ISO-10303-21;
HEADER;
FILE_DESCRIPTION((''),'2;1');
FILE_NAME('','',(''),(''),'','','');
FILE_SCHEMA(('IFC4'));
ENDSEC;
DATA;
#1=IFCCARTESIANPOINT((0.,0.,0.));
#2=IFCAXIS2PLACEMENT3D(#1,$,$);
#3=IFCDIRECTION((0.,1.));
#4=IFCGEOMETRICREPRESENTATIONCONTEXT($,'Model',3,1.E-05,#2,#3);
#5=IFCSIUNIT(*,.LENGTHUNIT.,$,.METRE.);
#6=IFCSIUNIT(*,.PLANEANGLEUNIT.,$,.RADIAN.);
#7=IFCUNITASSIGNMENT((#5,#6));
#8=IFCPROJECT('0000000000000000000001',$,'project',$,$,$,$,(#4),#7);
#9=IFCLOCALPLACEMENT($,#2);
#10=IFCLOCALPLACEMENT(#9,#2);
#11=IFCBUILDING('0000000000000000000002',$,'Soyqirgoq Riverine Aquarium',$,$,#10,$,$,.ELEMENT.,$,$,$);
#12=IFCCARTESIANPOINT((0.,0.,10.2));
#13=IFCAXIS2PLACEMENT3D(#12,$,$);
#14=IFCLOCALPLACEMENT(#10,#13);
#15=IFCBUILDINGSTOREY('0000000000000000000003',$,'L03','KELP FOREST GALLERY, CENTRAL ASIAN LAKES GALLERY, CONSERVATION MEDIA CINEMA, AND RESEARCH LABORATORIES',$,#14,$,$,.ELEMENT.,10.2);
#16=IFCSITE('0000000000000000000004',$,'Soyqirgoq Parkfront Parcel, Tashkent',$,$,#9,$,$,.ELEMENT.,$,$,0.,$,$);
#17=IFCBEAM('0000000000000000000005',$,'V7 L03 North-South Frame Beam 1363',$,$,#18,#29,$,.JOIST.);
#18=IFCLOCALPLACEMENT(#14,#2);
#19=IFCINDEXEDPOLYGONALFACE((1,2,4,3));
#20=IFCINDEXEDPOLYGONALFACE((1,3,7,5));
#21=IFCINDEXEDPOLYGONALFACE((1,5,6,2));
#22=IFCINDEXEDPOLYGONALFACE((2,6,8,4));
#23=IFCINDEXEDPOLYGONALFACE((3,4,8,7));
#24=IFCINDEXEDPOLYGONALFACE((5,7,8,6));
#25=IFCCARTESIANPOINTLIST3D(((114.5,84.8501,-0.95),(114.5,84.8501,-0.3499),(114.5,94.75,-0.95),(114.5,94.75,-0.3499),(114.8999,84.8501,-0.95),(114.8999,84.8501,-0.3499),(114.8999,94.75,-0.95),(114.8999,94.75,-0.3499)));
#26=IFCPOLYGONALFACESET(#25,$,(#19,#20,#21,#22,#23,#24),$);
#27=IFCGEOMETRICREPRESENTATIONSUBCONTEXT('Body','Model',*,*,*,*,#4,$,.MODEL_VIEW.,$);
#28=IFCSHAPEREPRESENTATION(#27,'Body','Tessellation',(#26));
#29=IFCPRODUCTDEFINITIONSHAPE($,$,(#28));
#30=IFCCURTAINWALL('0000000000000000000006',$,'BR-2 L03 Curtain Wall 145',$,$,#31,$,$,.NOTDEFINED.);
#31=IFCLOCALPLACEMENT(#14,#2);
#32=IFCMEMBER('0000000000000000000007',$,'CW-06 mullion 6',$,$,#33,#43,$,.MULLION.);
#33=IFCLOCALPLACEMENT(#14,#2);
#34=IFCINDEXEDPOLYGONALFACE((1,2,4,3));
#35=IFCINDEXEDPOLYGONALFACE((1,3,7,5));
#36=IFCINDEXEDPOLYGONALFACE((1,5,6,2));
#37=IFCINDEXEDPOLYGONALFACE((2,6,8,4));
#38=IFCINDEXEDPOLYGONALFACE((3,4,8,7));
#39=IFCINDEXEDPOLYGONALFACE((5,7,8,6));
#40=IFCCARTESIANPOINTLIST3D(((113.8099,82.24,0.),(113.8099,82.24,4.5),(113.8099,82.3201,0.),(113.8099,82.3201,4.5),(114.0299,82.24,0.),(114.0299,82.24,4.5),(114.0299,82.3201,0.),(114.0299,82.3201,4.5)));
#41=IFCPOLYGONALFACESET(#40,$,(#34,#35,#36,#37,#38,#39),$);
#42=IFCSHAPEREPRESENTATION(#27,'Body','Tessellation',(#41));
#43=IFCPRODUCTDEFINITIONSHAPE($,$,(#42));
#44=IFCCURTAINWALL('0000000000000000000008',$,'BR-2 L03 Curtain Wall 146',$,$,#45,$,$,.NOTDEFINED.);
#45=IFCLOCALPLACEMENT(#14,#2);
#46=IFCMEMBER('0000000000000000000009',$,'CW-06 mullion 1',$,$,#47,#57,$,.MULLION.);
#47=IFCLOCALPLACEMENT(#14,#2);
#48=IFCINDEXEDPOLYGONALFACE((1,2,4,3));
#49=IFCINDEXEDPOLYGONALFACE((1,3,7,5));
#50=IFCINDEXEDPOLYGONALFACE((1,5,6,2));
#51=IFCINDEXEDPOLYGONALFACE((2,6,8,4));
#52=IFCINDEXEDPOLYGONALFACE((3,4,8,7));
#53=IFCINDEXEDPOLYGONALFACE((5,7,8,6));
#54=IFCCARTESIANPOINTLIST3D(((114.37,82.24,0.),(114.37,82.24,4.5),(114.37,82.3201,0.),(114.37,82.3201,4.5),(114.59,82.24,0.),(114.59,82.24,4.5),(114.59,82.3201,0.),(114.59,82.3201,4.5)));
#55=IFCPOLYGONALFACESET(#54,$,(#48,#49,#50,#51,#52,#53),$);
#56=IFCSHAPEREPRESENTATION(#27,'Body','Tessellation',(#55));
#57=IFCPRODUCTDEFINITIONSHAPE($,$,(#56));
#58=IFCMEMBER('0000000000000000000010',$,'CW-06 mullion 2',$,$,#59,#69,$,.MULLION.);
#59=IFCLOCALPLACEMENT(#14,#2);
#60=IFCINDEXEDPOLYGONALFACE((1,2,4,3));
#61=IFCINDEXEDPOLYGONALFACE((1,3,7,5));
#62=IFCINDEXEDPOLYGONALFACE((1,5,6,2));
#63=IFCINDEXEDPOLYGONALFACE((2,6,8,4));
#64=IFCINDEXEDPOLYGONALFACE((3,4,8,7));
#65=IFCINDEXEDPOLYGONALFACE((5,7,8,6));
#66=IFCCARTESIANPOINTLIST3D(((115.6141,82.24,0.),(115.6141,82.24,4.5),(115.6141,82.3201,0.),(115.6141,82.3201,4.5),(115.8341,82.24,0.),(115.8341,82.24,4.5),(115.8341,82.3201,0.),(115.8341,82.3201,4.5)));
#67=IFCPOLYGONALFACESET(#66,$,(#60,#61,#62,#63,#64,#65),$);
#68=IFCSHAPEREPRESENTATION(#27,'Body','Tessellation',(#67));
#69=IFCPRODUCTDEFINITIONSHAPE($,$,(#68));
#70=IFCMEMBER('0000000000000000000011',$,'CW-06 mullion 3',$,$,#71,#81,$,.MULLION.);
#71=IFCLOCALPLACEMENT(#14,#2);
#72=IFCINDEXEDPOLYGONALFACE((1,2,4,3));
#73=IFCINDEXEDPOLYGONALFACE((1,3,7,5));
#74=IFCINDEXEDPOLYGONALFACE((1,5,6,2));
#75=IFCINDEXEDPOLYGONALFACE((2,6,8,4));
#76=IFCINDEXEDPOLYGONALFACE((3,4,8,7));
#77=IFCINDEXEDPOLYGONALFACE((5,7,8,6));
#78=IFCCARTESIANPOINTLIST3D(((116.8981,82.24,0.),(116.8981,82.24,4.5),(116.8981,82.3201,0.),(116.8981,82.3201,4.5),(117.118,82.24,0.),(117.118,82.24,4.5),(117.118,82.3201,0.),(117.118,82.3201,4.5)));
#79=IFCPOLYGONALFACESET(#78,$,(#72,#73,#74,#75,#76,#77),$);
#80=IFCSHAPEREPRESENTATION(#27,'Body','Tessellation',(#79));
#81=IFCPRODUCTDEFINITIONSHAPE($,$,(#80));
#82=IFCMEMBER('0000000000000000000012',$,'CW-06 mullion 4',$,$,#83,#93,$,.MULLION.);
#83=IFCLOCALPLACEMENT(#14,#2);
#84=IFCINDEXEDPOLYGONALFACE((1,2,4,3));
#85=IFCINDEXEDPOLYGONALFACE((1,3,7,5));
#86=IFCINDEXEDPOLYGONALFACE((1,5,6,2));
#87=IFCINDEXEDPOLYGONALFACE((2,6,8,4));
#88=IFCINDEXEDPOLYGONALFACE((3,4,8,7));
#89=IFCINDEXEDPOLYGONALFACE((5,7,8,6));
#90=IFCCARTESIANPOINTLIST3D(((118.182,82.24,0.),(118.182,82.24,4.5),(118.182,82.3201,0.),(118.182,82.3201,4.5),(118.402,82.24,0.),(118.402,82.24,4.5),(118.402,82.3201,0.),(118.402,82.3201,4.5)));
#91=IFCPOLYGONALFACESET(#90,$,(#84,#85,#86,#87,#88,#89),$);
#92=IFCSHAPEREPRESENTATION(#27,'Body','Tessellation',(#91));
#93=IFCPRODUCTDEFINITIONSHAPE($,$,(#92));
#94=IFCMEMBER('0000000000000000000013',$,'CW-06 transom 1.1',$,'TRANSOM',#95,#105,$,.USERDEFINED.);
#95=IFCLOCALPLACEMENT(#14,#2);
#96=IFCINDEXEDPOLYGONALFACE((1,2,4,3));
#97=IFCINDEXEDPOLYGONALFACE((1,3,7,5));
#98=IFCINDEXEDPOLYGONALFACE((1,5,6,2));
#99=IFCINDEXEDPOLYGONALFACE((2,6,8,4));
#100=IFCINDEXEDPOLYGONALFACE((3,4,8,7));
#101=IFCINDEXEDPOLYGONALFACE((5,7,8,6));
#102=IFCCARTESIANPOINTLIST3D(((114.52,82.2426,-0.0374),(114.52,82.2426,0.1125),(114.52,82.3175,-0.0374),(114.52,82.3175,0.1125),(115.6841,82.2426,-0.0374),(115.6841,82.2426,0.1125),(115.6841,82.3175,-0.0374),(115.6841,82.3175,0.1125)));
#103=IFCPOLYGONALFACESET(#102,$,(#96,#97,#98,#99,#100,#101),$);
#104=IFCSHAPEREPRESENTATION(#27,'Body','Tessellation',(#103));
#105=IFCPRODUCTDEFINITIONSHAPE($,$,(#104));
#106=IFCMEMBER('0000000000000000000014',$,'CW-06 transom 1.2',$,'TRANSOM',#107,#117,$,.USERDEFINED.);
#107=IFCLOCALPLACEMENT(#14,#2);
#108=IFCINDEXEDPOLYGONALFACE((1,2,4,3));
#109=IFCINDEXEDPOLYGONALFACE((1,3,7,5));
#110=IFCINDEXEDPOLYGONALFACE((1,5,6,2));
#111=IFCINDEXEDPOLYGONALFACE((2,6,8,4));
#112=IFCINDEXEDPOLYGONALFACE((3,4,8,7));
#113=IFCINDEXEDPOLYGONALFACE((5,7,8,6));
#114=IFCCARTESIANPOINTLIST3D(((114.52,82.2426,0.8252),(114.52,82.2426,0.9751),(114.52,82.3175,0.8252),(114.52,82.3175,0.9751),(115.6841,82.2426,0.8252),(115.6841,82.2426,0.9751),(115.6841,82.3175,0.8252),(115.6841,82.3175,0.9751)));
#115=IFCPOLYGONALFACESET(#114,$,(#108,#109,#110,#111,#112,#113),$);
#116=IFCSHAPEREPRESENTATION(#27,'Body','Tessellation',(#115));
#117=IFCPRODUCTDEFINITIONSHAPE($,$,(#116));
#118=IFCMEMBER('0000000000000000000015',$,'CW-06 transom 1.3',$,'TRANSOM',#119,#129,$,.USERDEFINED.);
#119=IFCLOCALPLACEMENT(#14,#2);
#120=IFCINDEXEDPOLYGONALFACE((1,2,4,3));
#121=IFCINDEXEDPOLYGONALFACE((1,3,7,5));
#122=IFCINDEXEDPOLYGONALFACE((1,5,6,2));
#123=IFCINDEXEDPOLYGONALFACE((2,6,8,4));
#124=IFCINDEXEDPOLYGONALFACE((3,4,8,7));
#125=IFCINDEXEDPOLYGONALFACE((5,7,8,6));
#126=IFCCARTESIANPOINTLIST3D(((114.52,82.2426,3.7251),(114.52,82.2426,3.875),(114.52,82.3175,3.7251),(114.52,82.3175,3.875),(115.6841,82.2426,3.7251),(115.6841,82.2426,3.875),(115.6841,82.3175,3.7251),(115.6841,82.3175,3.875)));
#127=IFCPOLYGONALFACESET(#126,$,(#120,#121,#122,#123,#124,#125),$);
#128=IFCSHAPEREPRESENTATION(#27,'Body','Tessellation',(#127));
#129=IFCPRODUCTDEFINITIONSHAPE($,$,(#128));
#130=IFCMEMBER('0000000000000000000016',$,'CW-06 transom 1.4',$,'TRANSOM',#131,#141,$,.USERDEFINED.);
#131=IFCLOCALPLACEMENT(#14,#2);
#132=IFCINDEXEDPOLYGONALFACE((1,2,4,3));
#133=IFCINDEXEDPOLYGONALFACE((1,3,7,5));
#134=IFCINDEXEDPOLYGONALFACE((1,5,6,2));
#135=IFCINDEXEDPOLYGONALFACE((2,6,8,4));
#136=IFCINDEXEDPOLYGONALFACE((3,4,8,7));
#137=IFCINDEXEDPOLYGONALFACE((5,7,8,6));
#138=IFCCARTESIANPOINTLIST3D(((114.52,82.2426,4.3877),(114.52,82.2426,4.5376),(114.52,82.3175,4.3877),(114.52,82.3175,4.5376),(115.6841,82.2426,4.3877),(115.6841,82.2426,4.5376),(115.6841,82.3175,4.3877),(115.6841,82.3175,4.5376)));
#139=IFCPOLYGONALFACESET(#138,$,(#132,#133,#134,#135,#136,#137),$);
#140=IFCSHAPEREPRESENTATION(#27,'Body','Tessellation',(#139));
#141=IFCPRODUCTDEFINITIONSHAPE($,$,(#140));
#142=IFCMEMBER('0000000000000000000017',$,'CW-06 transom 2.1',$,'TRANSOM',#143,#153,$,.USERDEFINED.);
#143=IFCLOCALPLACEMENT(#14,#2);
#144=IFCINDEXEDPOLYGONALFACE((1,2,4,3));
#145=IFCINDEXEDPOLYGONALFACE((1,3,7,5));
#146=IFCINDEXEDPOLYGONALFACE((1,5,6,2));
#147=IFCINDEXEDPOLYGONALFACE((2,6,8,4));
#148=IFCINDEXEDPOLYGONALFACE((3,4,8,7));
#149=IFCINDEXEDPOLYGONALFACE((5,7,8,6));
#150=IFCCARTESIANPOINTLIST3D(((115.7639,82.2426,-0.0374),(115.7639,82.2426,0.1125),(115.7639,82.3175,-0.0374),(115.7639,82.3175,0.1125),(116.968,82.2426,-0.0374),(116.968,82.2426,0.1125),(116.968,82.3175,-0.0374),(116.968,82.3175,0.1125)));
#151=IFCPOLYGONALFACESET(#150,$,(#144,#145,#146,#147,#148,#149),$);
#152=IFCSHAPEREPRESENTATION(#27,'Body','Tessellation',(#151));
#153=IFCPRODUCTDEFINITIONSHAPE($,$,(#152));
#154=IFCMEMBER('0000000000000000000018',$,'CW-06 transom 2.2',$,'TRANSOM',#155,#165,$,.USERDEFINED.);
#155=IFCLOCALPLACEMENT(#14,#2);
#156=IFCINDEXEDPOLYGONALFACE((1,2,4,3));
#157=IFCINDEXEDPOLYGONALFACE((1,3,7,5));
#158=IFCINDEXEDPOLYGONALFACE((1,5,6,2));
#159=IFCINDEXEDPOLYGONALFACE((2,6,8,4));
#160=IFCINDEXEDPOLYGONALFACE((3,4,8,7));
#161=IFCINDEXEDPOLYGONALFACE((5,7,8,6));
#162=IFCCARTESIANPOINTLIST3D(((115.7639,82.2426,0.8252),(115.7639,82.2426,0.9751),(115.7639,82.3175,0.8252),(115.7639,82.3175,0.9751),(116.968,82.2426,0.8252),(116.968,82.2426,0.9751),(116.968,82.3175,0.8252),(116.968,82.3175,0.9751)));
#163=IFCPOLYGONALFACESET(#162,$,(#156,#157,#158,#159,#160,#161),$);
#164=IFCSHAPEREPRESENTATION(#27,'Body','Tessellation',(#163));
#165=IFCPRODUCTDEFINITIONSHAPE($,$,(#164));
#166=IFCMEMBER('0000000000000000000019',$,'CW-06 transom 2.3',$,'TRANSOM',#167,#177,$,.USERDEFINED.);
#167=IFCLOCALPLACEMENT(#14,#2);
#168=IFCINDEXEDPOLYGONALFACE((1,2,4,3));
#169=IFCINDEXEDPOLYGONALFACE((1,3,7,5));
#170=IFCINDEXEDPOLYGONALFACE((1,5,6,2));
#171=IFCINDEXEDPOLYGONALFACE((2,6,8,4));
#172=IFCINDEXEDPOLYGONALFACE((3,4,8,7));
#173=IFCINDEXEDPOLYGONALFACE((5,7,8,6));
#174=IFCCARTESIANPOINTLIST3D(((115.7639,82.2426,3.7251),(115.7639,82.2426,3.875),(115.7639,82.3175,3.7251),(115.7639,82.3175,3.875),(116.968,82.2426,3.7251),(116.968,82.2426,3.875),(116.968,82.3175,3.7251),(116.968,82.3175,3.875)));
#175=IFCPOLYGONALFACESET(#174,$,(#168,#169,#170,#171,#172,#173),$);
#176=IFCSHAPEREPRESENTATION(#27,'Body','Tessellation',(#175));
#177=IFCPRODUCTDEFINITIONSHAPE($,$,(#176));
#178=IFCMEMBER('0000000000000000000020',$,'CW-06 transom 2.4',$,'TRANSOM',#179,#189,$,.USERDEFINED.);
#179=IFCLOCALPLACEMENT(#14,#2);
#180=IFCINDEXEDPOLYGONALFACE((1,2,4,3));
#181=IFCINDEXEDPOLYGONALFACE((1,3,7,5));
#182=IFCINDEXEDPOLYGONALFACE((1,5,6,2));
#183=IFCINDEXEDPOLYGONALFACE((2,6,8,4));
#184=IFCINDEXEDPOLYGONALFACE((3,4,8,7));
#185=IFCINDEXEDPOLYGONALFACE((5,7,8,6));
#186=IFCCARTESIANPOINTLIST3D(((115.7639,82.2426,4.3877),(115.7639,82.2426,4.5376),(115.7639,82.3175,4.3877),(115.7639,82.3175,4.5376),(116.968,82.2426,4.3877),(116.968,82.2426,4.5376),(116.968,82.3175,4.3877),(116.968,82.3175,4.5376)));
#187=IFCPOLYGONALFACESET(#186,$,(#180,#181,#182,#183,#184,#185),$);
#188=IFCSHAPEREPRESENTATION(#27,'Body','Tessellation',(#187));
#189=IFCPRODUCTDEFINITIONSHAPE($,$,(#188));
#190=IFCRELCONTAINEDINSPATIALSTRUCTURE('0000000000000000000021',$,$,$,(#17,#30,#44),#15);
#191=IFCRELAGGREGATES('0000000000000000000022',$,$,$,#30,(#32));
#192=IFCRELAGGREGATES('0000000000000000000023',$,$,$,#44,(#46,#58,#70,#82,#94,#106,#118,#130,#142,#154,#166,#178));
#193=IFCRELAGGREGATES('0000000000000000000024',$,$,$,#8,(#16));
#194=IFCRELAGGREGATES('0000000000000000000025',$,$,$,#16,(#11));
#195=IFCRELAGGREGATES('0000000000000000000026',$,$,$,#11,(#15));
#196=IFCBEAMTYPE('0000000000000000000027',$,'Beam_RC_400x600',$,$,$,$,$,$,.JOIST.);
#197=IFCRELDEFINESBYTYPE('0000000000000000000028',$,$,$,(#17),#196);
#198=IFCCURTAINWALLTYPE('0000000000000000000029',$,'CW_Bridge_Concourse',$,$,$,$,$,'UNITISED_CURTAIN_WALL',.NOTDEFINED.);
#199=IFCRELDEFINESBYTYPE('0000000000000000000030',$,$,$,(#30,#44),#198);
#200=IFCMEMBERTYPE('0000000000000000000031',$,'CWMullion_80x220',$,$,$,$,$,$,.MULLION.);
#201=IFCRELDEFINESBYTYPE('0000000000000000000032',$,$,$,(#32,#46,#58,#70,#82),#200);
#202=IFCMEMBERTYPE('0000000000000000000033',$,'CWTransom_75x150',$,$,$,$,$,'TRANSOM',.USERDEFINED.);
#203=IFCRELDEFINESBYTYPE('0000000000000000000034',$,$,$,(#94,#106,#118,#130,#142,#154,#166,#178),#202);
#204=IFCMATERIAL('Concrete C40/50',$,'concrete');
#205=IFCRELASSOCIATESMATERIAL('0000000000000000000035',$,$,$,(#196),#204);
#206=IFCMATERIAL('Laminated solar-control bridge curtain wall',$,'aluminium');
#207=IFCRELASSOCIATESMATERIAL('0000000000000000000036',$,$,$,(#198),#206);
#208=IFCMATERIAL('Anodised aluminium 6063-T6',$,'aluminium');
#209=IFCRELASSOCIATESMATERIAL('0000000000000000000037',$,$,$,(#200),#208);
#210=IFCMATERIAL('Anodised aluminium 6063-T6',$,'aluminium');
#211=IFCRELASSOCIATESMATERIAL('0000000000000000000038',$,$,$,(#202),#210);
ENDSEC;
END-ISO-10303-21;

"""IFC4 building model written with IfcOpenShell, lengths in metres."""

from ifc_helpers import new_model, si_unit, direction, frame, origin, origin_2d, place, context, subcontext, project, spatial, rectangle, extrude, material, material_profile, profile_set, type_object, element, aggregate, save


model = new_model("IFC4")

# Units and contexts
model_context = context("Model", 3, precision=1e-05, world=origin(), true_north=direction((0.0, 1.0)))
body_context = subcontext(model_context, "Body", "Model", "MODEL_VIEW")
ifc_project = project(units=[si_unit("LENGTHUNIT", "METRE"), si_unit("PLANEANGLEUNIT", "RADIAN")], contexts=[model_context])

# Site, building, storey
site_placement = place(None, origin())
site = spatial("IfcSite", under=ifc_project, at=site_placement, Name="Soyqirgoq Parkfront Parcel, Tashkent", CompositionType="ELEMENT", RefElevation=0.0)
building_placement = place(site_placement, origin())
building = spatial("IfcBuilding", under=site, at=building_placement, Name="Soyqirgoq Riverine Aquarium", CompositionType="ELEMENT")
storey_placement = place(building_placement, frame((0.0, 0.0, 10.2)))
storey = spatial("IfcBuildingStorey", under=building, at=storey_placement, Name="L03", Description="KELP FOREST GALLERY, CENTRAL ASIAN LAKES GALLERY, CONSERVATION MEDIA CINEMA, AND RESEARCH LABORATORIES", CompositionType="ELEMENT", Elevation=10.2)

# Beam
ifc_material_1 = material(Name="Concrete C40/50", Category="concrete")
ifc_material_profile_1 = material_profile(ifc_material_1, rectangle(XDim=0.3999, YDim=0.6001, at=origin_2d()), Name="RC 400x600")
ifc_profile_set_1 = profile_set([ifc_material_profile_1], Name="Concrete C40/50")
beam_type_1 = type_object("IfcBeamType", Name="Beam_RC_400x600", PredefinedType="JOIST", material=ifc_profile_set_1)
beam_1_placement = place(storey_placement, frame((114.7, 84.8501, -0.6499), z_axis=(0.0, 1.0, 0.0), x_axis=(-1.0, 0.0, 0.0)))
element("IfcBeam", 1, at=beam_1_placement, inside=storey, type_object=beam_type_1, Name="V7 L03 North-South Frame Beam 1363", PredefinedType="JOIST", context=body_context, shape_type="SweptSolid", body=[
    extrude(rectangle(XDim=0.3999, YDim=0.6001, at=origin_2d()), origin(), (0.0, 0.0, 1.0), 9.8999),
])

# Curtain wall, member
ifc_material_2 = material(Name="Laminated solar-control bridge curtain wall", Category="aluminium")
curtain_wall_type = type_object("IfcCurtainWallType", Name="CW_Bridge_Concourse", ElementType="UNITISED_CURTAIN_WALL", PredefinedType="NOTDEFINED", material=ifc_material_2)
curtain_wall_1_placement = place(storey_placement, origin())
curtain_wall_1 = element("IfcCurtainWall", 2, at=curtain_wall_1_placement, inside=storey, type_object=curtain_wall_type, Name="BR-2 L03 Curtain Wall 145", PredefinedType="NOTDEFINED")
ifc_material_3 = material(Name="Anodised aluminium 6063-T6", Category="aluminium")
ifc_material_profile_2 = material_profile(ifc_material_3, rectangle(XDim=0.0801, YDim=0.22, at=origin_2d()), Name="ALU-M 80x220")
ifc_profile_set_2 = profile_set([ifc_material_profile_2], Name="Anodised aluminium 6063-T6")
member_type_1 = type_object("IfcMemberType", Name="CWMullion_80x220", PredefinedType="MULLION", material=ifc_profile_set_2)
member_1_placement = place(storey_placement, frame((113.9199, 82.28, 0.0), z_axis=(0.0, 0.0, 1.0), x_axis=(0.0, 1.0, 0.0)))
member_1 = element("IfcMember", 3, at=member_1_placement, type_object=member_type_1, Name="CW-06 mullion 6", PredefinedType="MULLION", context=body_context, shape_type="SweptSolid", body=[
    extrude(rectangle(XDim=0.0801, YDim=0.22, at=origin_2d()), origin(), (0.0, 0.0, 1.0), 4.5),
])

# Curtain wall, members
curtain_wall_2_placement = place(storey_placement, origin())
curtain_wall_2 = element("IfcCurtainWall", 4, at=curtain_wall_2_placement, inside=storey, type_object=curtain_wall_type, Name="BR-2 L03 Curtain Wall 146", PredefinedType="NOTDEFINED")
member_2_placement = place(storey_placement, frame((114.48, 82.28, 0.0), z_axis=(0.0, 0.0, 1.0), x_axis=(0.0, 1.0, 0.0)))
member_2 = element("IfcMember", 5, at=member_2_placement, type_object=member_type_1, Name="CW-06 mullion 1", PredefinedType="MULLION", context=body_context, shape_type="SweptSolid", body=[
    extrude(rectangle(XDim=0.0801, YDim=0.22, at=origin_2d()), origin(), (0.0, 0.0, 1.0), 4.5),
])
member_3_placement = place(storey_placement, frame((115.7241, 82.28, 0.0), z_axis=(0.0, 0.0, 1.0), x_axis=(0.0, 1.0, 0.0)))
member_3 = element("IfcMember", 6, at=member_3_placement, type_object=member_type_1, Name="CW-06 mullion 2", PredefinedType="MULLION", context=body_context, shape_type="SweptSolid", body=[
    extrude(rectangle(XDim=0.0801, YDim=0.22, at=origin_2d()), origin(), (0.0, 0.0, 1.0), 4.5),
])
member_4_placement = place(storey_placement, frame((117.0081, 82.28, 0.0), z_axis=(0.0, 0.0, 1.0), x_axis=(0.0, 1.0, 0.0)))
member_4 = element("IfcMember", 7, at=member_4_placement, type_object=member_type_1, Name="CW-06 mullion 3", PredefinedType="MULLION", context=body_context, shape_type="SweptSolid", body=[
    extrude(rectangle(XDim=0.0801, YDim=0.22, at=origin_2d()), origin(), (0.0, 0.0, 1.0), 4.5),
])
member_5_placement = place(storey_placement, frame((118.292, 82.28, 0.0), z_axis=(0.0, 0.0, 1.0), x_axis=(0.0, 1.0, 0.0)))
member_5 = element("IfcMember", 8, at=member_5_placement, type_object=member_type_1, Name="CW-06 mullion 4", PredefinedType="MULLION", context=body_context, shape_type="SweptSolid", body=[
    extrude(rectangle(XDim=0.0801, YDim=0.22, at=origin_2d()), origin(), (0.0, 0.0, 1.0), 4.5),
])
ifc_material_4 = material(Name="Anodised aluminium 6063-T6", Category="aluminium")
ifc_material_profile_3 = material_profile(ifc_material_4, rectangle(XDim=0.075, YDim=0.1499, at=origin_2d()), Name="ALU-T 75x150")
ifc_profile_set_3 = profile_set([ifc_material_profile_3], Name="Anodised aluminium 6063-T6")
member_type_2 = type_object("IfcMemberType", Name="CWTransom_75x150", ElementType="TRANSOM", PredefinedType="USERDEFINED", material=ifc_profile_set_3)
member_6_placement = place(storey_placement, frame((114.52, 82.28, 0.0376), z_axis=(1.0, 0.0, 0.0), x_axis=(0.0, 1.0, 0.0)))
member_6 = element("IfcMember", 9, at=member_6_placement, type_object=member_type_2, Name="CW-06 transom 1.1", ObjectType="TRANSOM", PredefinedType="USERDEFINED", context=body_context, shape_type="SweptSolid", body=[
    extrude(rectangle(XDim=0.075, YDim=0.1499, at=origin_2d()), origin(), (0.0, 0.0, 1.0), 1.1641),
])
member_7_placement = place(storey_placement, frame((114.52, 82.28, 0.9001), z_axis=(1.0, 0.0, 0.0), x_axis=(0.0, 1.0, 0.0)))
member_7 = element("IfcMember", 10, at=member_7_placement, type_object=member_type_2, Name="CW-06 transom 1.2", ObjectType="TRANSOM", PredefinedType="USERDEFINED", context=body_context, shape_type="SweptSolid", body=[
    extrude(rectangle(XDim=0.075, YDim=0.1499, at=origin_2d()), origin(), (0.0, 0.0, 1.0), 1.1641),
])
member_8_placement = place(storey_placement, frame((114.52, 82.28, 3.8), z_axis=(1.0, 0.0, 0.0), x_axis=(0.0, 1.0, 0.0)))
member_8 = element("IfcMember", 11, at=member_8_placement, type_object=member_type_2, Name="CW-06 transom 1.3", ObjectType="TRANSOM", PredefinedType="USERDEFINED", context=body_context, shape_type="SweptSolid", body=[
    extrude(rectangle(XDim=0.075, YDim=0.1499, at=origin_2d()), origin(), (0.0, 0.0, 1.0), 1.1641),
])
member_9_placement = place(storey_placement, frame((114.52, 82.28, 4.4626), z_axis=(1.0, 0.0, 0.0), x_axis=(0.0, 1.0, 0.0)))
member_9 = element("IfcMember", 12, at=member_9_placement, type_object=member_type_2, Name="CW-06 transom 1.4", ObjectType="TRANSOM", PredefinedType="USERDEFINED", context=body_context, shape_type="SweptSolid", body=[
    extrude(rectangle(XDim=0.075, YDim=0.1499, at=origin_2d()), origin(), (0.0, 0.0, 1.0), 1.1641),
])
member_10_placement = place(storey_placement, frame((115.7639, 82.28, 0.0376), z_axis=(1.0, 0.0, 0.0), x_axis=(0.0, 1.0, 0.0)))
member_10 = element("IfcMember", 13, at=member_10_placement, type_object=member_type_2, Name="CW-06 transom 2.1", ObjectType="TRANSOM", PredefinedType="USERDEFINED", context=body_context, shape_type="SweptSolid", body=[
    extrude(rectangle(XDim=0.075, YDim=0.1499, at=origin_2d()), origin(), (0.0, 0.0, 1.0), 1.2041),
])
member_11_placement = place(storey_placement, frame((115.7639, 82.28, 0.9001), z_axis=(1.0, 0.0, 0.0), x_axis=(0.0, 1.0, 0.0)))
member_11 = element("IfcMember", 14, at=member_11_placement, type_object=member_type_2, Name="CW-06 transom 2.2", ObjectType="TRANSOM", PredefinedType="USERDEFINED", context=body_context, shape_type="SweptSolid", body=[
    extrude(rectangle(XDim=0.075, YDim=0.1499, at=origin_2d()), origin(), (0.0, 0.0, 1.0), 1.2041),
])
member_12_placement = place(storey_placement, frame((115.7639, 82.28, 3.8), z_axis=(1.0, 0.0, 0.0), x_axis=(0.0, 1.0, 0.0)))
member_12 = element("IfcMember", 15, at=member_12_placement, type_object=member_type_2, Name="CW-06 transom 2.3", ObjectType="TRANSOM", PredefinedType="USERDEFINED", context=body_context, shape_type="SweptSolid", body=[
    extrude(rectangle(XDim=0.075, YDim=0.1499, at=origin_2d()), origin(), (0.0, 0.0, 1.0), 1.2041),
])
member_13_placement = place(storey_placement, frame((115.7639, 82.28, 4.4626), z_axis=(1.0, 0.0, 0.0), x_axis=(0.0, 1.0, 0.0)))
member_13 = element("IfcMember", 16, at=member_13_placement, type_object=member_type_2, Name="CW-06 transom 2.4", ObjectType="TRANSOM", PredefinedType="USERDEFINED", context=body_context, shape_type="SweptSolid", body=[
    extrude(rectangle(XDim=0.075, YDim=0.1499, at=origin_2d()), origin(), (0.0, 0.0, 1.0), 1.2041),
])

aggregate(curtain_wall_1, [member_1])
aggregate(curtain_wall_2, [member_2, member_3, member_4, member_5, member_6, member_7, member_8, member_9, member_10, member_11, member_12, member_13])

save(model, "model.ifc")
